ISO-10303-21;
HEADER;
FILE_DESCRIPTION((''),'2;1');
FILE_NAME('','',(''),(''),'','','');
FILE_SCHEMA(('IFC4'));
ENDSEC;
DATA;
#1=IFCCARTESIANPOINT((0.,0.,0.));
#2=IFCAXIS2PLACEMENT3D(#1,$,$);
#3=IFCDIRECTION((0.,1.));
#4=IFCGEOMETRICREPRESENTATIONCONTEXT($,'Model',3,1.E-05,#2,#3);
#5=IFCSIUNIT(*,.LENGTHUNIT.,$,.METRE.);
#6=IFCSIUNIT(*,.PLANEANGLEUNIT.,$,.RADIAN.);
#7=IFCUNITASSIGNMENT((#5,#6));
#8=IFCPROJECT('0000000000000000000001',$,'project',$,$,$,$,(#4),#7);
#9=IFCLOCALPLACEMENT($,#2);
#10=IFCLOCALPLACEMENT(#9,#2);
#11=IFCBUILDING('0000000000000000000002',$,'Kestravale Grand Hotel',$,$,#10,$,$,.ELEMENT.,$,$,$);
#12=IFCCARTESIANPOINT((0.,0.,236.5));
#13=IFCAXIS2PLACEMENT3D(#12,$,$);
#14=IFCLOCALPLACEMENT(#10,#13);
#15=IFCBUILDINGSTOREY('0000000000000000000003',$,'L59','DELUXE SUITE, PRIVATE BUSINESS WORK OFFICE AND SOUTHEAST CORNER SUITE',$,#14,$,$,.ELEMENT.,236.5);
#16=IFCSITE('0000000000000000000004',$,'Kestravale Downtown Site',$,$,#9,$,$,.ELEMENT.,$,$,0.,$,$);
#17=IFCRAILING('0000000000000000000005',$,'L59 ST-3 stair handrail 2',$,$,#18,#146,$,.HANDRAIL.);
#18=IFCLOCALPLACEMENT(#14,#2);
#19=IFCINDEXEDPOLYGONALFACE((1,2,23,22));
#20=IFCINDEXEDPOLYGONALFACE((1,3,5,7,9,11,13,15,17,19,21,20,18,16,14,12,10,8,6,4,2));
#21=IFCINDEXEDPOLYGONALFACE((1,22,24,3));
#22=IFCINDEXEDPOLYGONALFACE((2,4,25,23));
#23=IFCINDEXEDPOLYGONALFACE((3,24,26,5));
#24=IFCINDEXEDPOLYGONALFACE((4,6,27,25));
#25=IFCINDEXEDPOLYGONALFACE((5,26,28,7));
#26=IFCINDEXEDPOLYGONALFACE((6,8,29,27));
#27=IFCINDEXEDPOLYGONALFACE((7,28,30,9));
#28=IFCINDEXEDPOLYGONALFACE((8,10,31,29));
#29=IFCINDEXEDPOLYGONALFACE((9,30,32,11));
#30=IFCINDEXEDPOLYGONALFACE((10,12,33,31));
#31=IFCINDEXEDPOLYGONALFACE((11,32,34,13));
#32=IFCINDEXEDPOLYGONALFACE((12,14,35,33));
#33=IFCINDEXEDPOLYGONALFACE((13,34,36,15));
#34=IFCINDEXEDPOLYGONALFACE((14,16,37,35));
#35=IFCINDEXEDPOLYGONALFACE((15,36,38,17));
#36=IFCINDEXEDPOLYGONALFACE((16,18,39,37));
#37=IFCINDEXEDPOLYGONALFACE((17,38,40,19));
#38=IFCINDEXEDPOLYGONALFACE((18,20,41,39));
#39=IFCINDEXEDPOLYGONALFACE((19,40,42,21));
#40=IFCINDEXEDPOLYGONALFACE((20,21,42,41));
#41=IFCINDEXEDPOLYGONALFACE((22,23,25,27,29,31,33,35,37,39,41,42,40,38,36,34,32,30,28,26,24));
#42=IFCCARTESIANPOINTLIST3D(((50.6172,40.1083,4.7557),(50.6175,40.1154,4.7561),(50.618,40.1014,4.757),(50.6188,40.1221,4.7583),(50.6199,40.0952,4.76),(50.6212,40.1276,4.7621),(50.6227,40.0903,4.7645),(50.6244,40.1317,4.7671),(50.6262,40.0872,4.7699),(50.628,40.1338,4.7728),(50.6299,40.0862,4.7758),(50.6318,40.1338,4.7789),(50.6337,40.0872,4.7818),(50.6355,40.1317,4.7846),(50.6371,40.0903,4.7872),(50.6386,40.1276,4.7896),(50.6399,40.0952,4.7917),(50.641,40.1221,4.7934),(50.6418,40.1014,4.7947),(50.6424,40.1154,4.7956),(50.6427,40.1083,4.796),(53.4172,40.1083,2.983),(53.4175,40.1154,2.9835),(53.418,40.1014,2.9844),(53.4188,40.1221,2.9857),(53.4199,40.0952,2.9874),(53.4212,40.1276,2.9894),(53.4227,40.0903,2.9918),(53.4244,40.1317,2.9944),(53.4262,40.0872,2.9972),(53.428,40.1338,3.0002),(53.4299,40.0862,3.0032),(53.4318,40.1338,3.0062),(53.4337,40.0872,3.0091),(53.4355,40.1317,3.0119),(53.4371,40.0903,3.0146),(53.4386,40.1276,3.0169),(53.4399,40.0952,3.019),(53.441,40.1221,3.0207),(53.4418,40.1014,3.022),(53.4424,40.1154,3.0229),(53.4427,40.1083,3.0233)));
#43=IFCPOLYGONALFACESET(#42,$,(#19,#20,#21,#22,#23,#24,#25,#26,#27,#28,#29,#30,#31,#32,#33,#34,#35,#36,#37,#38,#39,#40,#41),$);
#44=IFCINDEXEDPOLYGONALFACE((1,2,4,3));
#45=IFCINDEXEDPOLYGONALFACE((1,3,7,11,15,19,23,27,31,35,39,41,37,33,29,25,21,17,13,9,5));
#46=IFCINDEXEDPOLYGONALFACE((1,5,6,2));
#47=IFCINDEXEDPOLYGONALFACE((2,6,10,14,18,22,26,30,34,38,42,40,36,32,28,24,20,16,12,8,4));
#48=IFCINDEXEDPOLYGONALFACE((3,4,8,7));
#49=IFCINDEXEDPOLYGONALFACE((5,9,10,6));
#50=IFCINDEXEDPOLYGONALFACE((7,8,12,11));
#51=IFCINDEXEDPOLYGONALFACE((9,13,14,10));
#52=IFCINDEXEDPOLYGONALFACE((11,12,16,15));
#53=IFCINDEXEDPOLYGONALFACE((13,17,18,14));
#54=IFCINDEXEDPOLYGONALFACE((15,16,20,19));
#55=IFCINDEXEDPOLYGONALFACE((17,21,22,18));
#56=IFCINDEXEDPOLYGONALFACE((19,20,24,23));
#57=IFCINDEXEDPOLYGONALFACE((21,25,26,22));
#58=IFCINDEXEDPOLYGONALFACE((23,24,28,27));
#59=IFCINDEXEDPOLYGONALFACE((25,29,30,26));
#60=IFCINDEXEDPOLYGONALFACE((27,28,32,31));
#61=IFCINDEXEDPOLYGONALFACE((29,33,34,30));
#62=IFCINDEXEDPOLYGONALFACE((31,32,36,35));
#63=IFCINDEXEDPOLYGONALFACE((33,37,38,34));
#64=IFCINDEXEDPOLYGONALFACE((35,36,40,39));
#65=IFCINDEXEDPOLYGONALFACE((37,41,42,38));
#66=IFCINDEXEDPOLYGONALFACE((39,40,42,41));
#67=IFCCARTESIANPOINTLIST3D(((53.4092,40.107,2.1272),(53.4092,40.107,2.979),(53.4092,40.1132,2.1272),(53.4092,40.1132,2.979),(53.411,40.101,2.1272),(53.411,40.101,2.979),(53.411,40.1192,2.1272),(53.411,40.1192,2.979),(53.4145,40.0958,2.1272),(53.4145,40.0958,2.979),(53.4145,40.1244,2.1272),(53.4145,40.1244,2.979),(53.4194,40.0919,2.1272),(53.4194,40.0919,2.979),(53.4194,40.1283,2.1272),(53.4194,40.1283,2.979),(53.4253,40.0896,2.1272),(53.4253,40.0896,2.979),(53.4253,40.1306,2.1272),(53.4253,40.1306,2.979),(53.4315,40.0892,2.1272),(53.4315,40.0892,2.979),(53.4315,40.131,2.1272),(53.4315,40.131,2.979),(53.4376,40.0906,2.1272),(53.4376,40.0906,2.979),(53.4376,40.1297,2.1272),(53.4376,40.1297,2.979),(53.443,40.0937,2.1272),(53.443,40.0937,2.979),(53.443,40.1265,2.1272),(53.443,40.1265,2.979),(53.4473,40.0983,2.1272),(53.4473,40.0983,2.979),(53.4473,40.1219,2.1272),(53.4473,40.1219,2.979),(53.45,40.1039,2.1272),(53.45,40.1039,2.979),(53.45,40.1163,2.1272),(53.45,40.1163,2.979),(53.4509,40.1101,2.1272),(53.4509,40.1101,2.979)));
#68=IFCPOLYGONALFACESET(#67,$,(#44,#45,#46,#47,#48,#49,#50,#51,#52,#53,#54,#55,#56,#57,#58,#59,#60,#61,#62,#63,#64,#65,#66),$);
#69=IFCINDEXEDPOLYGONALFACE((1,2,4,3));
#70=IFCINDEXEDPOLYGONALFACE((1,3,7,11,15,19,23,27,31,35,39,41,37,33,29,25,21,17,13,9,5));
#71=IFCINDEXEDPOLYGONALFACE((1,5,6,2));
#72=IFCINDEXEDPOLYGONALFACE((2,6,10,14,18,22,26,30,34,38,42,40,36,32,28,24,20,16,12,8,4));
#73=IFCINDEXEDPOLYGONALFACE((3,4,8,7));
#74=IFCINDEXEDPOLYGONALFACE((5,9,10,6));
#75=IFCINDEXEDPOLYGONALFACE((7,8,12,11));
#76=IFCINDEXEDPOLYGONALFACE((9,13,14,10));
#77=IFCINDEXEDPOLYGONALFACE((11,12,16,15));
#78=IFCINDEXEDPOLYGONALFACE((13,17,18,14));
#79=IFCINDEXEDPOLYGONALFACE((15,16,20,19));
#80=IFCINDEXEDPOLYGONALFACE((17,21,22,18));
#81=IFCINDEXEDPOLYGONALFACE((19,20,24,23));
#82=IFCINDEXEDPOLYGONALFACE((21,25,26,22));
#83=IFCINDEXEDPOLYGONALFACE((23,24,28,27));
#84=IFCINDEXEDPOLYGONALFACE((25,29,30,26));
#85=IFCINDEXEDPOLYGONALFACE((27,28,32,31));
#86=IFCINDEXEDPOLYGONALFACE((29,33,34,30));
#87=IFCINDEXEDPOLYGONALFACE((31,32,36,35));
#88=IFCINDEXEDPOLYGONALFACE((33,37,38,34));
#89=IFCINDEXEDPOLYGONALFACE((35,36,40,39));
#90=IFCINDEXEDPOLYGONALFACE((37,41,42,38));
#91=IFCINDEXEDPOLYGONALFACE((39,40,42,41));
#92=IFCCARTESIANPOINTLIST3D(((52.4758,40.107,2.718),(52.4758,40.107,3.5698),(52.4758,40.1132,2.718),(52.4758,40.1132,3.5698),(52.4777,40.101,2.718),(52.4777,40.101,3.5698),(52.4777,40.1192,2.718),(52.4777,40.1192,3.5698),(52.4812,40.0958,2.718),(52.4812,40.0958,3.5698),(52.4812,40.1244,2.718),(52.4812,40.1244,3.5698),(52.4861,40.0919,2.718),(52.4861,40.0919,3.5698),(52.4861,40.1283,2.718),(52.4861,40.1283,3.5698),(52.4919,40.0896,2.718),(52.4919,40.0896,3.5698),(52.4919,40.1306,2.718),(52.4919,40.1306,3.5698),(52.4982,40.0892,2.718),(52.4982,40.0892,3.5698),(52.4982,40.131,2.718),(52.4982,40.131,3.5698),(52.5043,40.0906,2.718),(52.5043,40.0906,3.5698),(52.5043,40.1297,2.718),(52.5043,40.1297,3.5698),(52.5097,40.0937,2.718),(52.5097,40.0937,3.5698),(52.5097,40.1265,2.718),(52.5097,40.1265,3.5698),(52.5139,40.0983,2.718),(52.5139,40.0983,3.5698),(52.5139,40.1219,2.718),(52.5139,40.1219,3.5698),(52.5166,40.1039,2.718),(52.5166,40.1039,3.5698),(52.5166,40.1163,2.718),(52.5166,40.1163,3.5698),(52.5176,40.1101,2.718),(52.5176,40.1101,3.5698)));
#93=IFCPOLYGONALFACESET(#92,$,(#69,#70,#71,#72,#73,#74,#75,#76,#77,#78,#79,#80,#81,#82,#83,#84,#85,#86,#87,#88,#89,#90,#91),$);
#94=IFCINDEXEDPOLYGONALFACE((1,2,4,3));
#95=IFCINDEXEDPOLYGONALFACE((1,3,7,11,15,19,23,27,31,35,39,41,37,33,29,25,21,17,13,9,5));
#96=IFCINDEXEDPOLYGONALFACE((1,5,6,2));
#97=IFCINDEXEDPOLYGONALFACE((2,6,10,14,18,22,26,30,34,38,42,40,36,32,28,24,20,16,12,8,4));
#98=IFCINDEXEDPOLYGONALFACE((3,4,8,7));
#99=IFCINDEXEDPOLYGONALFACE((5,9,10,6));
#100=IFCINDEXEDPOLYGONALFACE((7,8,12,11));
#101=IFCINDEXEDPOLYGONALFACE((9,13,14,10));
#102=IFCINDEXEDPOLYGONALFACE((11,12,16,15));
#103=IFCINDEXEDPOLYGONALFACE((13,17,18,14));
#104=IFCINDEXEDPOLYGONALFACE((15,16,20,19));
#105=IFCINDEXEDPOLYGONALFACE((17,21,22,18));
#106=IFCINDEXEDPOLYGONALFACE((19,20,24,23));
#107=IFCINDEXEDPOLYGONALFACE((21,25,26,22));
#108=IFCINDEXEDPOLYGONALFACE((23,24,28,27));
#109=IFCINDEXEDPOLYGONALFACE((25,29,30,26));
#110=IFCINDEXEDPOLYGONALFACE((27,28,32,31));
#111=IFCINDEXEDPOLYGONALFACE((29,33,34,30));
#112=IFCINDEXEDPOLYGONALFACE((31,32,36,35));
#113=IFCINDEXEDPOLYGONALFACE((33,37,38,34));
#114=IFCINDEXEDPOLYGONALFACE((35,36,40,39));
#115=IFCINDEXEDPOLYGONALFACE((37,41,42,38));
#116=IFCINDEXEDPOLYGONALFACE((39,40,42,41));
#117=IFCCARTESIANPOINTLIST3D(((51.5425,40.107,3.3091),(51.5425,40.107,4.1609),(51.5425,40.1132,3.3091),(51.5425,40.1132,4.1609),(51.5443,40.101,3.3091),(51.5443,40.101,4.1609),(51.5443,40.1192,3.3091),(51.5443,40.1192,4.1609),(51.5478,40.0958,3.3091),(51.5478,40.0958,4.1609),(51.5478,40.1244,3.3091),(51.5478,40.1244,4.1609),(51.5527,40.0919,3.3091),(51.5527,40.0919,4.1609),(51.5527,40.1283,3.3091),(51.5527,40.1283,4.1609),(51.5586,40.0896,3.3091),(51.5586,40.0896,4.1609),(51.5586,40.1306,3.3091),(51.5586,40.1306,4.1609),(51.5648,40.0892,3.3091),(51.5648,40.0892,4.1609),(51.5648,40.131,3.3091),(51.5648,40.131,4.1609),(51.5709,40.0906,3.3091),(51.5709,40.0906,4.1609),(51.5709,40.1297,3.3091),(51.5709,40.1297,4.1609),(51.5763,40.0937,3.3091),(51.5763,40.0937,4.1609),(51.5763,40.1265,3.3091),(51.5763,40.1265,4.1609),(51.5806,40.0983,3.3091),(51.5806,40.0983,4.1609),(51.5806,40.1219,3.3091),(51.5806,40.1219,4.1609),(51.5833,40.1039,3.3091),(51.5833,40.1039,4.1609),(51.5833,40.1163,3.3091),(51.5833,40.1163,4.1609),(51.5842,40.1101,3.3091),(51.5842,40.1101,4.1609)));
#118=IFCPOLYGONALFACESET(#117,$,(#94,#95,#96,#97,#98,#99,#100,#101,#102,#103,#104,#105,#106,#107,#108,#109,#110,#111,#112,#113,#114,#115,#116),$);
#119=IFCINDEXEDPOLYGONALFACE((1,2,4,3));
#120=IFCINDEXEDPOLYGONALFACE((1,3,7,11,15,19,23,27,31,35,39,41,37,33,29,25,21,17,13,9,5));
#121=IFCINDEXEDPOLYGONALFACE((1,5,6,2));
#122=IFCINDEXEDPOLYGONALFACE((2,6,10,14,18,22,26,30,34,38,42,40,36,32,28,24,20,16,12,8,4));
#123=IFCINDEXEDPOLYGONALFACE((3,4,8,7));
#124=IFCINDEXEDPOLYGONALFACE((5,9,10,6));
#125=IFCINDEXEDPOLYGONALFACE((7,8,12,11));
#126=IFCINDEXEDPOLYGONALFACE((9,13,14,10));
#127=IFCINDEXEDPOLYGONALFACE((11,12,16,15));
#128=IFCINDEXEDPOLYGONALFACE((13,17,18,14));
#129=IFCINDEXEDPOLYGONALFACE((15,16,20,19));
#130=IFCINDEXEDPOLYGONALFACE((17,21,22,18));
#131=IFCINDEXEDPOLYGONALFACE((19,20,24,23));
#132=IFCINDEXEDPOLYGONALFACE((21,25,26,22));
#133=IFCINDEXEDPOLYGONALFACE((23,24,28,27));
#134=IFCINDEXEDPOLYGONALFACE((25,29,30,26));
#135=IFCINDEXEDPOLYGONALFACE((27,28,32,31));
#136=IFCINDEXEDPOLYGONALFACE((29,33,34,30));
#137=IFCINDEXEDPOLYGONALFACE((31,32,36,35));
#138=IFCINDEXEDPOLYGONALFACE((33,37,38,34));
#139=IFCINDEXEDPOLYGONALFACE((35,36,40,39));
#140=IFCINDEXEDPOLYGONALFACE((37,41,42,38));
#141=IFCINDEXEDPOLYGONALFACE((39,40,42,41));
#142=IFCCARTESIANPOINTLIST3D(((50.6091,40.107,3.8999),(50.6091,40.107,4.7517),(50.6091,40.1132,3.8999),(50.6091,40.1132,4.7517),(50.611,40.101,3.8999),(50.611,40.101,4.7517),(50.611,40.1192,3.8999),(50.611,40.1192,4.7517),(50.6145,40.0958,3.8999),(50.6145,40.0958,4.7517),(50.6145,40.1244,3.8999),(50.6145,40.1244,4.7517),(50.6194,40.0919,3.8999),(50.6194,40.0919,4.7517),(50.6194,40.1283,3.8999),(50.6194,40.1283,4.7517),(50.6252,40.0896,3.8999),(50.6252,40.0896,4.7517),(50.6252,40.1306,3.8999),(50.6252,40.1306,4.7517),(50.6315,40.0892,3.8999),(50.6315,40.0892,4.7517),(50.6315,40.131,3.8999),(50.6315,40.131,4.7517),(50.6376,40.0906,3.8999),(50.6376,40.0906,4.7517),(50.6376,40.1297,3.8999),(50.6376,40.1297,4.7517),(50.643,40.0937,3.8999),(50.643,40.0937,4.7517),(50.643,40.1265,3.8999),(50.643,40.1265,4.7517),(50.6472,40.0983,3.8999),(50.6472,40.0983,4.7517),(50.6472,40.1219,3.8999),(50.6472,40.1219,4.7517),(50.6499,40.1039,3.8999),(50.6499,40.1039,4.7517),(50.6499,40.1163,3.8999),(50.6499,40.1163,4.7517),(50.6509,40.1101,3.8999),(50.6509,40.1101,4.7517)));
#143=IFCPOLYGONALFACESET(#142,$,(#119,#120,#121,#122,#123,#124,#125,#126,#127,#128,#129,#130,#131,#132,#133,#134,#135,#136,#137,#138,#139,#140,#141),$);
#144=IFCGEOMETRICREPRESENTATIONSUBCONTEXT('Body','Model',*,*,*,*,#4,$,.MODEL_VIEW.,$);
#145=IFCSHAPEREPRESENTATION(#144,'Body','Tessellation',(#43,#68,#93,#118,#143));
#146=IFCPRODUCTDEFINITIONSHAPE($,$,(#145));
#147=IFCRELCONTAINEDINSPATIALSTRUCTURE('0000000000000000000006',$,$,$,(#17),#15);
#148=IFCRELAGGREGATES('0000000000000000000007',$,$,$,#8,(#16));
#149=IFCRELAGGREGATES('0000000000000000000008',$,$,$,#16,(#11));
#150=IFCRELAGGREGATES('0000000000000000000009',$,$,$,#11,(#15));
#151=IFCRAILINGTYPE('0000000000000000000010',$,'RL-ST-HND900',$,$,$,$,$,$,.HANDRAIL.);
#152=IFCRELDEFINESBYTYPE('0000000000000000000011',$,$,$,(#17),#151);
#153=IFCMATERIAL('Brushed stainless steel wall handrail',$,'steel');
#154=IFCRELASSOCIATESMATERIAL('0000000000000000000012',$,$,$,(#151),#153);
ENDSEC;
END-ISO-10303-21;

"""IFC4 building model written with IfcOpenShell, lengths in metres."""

from ifc_helpers import new_model, si_unit, direction, frame, origin, origin_2d, place, context, subcontext, project, spatial, circle, extrude, material, type_object, element, save


model = new_model("IFC4")

# Units and contexts
model_context = context("Model", 3, precision=1e-05, world=origin(), true_north=direction((0.0, 1.0)))
body_context = subcontext(model_context, "Body", "Model", "MODEL_VIEW")
ifc_project = project(units=[si_unit("LENGTHUNIT", "METRE"), si_unit("PLANEANGLEUNIT", "RADIAN")], contexts=[model_context])

# Site, building, storey
site_placement = place(None, origin())
site = spatial("IfcSite", under=ifc_project, at=site_placement, Name="Kestravale Downtown Site", CompositionType="ELEMENT", RefElevation=0.0)
building_placement = place(site_placement, origin())
building = spatial("IfcBuilding", under=site, at=building_placement, Name="Kestravale Grand Hotel", CompositionType="ELEMENT")
storey_placement = place(building_placement, frame((0.0, 0.0, 236.5)))
storey = spatial("IfcBuildingStorey", under=building, at=storey_placement, Name="L59", Description="DELUXE SUITE, PRIVATE BUSINESS WORK OFFICE AND SOUTHEAST CORNER SUITE", CompositionType="ELEMENT", Elevation=236.5)

# Railing
ifc_material_1 = material(Name="Brushed stainless steel wall handrail", Category="steel")
railing_type_1 = type_object("IfcRailingType", Name="RL-ST-HND900", PredefinedType="HANDRAIL", material=ifc_material_1)
railing_1_placement = place(storey_placement, frame((53.4299, 40.1101, 2.1272)))
element("IfcRailing", 1, at=railing_1_placement, inside=storey, type_object=railing_type_1, Name="L59 ST-3 stair handrail 2", PredefinedType="HANDRAIL", context=body_context, shape_type="SweptSolid", body=[
    extrude(circle(Radius=0.0239, at=origin_2d()), frame((0.0, 0.0, 0.876), z_axis=(-0.844909, 0.0, 0.53491), x_axis=(0.0, -1.0, 0.0)), (0.0, 0.0, 1.0), 3.314),
    extrude(circle(Radius=0.021, at=origin_2d()), origin(), (0.0, 0.0, 1.0), 0.8518),
    extrude(circle(Radius=0.021, at=origin_2d()), frame((-0.9333, 0.0, 0.5908)), (0.0, 0.0, 1.0), 0.8518),
    extrude(circle(Radius=0.021, at=origin_2d()), frame((-1.8667, 0.0, 1.1819)), (0.0, 0.0, 1.0), 0.8518),
    extrude(circle(Radius=0.021, at=origin_2d()), frame((-2.8, 0.0, 1.7727)), (0.0, 0.0, 1.0), 0.8518),
])

save(model, "model.ifc")
